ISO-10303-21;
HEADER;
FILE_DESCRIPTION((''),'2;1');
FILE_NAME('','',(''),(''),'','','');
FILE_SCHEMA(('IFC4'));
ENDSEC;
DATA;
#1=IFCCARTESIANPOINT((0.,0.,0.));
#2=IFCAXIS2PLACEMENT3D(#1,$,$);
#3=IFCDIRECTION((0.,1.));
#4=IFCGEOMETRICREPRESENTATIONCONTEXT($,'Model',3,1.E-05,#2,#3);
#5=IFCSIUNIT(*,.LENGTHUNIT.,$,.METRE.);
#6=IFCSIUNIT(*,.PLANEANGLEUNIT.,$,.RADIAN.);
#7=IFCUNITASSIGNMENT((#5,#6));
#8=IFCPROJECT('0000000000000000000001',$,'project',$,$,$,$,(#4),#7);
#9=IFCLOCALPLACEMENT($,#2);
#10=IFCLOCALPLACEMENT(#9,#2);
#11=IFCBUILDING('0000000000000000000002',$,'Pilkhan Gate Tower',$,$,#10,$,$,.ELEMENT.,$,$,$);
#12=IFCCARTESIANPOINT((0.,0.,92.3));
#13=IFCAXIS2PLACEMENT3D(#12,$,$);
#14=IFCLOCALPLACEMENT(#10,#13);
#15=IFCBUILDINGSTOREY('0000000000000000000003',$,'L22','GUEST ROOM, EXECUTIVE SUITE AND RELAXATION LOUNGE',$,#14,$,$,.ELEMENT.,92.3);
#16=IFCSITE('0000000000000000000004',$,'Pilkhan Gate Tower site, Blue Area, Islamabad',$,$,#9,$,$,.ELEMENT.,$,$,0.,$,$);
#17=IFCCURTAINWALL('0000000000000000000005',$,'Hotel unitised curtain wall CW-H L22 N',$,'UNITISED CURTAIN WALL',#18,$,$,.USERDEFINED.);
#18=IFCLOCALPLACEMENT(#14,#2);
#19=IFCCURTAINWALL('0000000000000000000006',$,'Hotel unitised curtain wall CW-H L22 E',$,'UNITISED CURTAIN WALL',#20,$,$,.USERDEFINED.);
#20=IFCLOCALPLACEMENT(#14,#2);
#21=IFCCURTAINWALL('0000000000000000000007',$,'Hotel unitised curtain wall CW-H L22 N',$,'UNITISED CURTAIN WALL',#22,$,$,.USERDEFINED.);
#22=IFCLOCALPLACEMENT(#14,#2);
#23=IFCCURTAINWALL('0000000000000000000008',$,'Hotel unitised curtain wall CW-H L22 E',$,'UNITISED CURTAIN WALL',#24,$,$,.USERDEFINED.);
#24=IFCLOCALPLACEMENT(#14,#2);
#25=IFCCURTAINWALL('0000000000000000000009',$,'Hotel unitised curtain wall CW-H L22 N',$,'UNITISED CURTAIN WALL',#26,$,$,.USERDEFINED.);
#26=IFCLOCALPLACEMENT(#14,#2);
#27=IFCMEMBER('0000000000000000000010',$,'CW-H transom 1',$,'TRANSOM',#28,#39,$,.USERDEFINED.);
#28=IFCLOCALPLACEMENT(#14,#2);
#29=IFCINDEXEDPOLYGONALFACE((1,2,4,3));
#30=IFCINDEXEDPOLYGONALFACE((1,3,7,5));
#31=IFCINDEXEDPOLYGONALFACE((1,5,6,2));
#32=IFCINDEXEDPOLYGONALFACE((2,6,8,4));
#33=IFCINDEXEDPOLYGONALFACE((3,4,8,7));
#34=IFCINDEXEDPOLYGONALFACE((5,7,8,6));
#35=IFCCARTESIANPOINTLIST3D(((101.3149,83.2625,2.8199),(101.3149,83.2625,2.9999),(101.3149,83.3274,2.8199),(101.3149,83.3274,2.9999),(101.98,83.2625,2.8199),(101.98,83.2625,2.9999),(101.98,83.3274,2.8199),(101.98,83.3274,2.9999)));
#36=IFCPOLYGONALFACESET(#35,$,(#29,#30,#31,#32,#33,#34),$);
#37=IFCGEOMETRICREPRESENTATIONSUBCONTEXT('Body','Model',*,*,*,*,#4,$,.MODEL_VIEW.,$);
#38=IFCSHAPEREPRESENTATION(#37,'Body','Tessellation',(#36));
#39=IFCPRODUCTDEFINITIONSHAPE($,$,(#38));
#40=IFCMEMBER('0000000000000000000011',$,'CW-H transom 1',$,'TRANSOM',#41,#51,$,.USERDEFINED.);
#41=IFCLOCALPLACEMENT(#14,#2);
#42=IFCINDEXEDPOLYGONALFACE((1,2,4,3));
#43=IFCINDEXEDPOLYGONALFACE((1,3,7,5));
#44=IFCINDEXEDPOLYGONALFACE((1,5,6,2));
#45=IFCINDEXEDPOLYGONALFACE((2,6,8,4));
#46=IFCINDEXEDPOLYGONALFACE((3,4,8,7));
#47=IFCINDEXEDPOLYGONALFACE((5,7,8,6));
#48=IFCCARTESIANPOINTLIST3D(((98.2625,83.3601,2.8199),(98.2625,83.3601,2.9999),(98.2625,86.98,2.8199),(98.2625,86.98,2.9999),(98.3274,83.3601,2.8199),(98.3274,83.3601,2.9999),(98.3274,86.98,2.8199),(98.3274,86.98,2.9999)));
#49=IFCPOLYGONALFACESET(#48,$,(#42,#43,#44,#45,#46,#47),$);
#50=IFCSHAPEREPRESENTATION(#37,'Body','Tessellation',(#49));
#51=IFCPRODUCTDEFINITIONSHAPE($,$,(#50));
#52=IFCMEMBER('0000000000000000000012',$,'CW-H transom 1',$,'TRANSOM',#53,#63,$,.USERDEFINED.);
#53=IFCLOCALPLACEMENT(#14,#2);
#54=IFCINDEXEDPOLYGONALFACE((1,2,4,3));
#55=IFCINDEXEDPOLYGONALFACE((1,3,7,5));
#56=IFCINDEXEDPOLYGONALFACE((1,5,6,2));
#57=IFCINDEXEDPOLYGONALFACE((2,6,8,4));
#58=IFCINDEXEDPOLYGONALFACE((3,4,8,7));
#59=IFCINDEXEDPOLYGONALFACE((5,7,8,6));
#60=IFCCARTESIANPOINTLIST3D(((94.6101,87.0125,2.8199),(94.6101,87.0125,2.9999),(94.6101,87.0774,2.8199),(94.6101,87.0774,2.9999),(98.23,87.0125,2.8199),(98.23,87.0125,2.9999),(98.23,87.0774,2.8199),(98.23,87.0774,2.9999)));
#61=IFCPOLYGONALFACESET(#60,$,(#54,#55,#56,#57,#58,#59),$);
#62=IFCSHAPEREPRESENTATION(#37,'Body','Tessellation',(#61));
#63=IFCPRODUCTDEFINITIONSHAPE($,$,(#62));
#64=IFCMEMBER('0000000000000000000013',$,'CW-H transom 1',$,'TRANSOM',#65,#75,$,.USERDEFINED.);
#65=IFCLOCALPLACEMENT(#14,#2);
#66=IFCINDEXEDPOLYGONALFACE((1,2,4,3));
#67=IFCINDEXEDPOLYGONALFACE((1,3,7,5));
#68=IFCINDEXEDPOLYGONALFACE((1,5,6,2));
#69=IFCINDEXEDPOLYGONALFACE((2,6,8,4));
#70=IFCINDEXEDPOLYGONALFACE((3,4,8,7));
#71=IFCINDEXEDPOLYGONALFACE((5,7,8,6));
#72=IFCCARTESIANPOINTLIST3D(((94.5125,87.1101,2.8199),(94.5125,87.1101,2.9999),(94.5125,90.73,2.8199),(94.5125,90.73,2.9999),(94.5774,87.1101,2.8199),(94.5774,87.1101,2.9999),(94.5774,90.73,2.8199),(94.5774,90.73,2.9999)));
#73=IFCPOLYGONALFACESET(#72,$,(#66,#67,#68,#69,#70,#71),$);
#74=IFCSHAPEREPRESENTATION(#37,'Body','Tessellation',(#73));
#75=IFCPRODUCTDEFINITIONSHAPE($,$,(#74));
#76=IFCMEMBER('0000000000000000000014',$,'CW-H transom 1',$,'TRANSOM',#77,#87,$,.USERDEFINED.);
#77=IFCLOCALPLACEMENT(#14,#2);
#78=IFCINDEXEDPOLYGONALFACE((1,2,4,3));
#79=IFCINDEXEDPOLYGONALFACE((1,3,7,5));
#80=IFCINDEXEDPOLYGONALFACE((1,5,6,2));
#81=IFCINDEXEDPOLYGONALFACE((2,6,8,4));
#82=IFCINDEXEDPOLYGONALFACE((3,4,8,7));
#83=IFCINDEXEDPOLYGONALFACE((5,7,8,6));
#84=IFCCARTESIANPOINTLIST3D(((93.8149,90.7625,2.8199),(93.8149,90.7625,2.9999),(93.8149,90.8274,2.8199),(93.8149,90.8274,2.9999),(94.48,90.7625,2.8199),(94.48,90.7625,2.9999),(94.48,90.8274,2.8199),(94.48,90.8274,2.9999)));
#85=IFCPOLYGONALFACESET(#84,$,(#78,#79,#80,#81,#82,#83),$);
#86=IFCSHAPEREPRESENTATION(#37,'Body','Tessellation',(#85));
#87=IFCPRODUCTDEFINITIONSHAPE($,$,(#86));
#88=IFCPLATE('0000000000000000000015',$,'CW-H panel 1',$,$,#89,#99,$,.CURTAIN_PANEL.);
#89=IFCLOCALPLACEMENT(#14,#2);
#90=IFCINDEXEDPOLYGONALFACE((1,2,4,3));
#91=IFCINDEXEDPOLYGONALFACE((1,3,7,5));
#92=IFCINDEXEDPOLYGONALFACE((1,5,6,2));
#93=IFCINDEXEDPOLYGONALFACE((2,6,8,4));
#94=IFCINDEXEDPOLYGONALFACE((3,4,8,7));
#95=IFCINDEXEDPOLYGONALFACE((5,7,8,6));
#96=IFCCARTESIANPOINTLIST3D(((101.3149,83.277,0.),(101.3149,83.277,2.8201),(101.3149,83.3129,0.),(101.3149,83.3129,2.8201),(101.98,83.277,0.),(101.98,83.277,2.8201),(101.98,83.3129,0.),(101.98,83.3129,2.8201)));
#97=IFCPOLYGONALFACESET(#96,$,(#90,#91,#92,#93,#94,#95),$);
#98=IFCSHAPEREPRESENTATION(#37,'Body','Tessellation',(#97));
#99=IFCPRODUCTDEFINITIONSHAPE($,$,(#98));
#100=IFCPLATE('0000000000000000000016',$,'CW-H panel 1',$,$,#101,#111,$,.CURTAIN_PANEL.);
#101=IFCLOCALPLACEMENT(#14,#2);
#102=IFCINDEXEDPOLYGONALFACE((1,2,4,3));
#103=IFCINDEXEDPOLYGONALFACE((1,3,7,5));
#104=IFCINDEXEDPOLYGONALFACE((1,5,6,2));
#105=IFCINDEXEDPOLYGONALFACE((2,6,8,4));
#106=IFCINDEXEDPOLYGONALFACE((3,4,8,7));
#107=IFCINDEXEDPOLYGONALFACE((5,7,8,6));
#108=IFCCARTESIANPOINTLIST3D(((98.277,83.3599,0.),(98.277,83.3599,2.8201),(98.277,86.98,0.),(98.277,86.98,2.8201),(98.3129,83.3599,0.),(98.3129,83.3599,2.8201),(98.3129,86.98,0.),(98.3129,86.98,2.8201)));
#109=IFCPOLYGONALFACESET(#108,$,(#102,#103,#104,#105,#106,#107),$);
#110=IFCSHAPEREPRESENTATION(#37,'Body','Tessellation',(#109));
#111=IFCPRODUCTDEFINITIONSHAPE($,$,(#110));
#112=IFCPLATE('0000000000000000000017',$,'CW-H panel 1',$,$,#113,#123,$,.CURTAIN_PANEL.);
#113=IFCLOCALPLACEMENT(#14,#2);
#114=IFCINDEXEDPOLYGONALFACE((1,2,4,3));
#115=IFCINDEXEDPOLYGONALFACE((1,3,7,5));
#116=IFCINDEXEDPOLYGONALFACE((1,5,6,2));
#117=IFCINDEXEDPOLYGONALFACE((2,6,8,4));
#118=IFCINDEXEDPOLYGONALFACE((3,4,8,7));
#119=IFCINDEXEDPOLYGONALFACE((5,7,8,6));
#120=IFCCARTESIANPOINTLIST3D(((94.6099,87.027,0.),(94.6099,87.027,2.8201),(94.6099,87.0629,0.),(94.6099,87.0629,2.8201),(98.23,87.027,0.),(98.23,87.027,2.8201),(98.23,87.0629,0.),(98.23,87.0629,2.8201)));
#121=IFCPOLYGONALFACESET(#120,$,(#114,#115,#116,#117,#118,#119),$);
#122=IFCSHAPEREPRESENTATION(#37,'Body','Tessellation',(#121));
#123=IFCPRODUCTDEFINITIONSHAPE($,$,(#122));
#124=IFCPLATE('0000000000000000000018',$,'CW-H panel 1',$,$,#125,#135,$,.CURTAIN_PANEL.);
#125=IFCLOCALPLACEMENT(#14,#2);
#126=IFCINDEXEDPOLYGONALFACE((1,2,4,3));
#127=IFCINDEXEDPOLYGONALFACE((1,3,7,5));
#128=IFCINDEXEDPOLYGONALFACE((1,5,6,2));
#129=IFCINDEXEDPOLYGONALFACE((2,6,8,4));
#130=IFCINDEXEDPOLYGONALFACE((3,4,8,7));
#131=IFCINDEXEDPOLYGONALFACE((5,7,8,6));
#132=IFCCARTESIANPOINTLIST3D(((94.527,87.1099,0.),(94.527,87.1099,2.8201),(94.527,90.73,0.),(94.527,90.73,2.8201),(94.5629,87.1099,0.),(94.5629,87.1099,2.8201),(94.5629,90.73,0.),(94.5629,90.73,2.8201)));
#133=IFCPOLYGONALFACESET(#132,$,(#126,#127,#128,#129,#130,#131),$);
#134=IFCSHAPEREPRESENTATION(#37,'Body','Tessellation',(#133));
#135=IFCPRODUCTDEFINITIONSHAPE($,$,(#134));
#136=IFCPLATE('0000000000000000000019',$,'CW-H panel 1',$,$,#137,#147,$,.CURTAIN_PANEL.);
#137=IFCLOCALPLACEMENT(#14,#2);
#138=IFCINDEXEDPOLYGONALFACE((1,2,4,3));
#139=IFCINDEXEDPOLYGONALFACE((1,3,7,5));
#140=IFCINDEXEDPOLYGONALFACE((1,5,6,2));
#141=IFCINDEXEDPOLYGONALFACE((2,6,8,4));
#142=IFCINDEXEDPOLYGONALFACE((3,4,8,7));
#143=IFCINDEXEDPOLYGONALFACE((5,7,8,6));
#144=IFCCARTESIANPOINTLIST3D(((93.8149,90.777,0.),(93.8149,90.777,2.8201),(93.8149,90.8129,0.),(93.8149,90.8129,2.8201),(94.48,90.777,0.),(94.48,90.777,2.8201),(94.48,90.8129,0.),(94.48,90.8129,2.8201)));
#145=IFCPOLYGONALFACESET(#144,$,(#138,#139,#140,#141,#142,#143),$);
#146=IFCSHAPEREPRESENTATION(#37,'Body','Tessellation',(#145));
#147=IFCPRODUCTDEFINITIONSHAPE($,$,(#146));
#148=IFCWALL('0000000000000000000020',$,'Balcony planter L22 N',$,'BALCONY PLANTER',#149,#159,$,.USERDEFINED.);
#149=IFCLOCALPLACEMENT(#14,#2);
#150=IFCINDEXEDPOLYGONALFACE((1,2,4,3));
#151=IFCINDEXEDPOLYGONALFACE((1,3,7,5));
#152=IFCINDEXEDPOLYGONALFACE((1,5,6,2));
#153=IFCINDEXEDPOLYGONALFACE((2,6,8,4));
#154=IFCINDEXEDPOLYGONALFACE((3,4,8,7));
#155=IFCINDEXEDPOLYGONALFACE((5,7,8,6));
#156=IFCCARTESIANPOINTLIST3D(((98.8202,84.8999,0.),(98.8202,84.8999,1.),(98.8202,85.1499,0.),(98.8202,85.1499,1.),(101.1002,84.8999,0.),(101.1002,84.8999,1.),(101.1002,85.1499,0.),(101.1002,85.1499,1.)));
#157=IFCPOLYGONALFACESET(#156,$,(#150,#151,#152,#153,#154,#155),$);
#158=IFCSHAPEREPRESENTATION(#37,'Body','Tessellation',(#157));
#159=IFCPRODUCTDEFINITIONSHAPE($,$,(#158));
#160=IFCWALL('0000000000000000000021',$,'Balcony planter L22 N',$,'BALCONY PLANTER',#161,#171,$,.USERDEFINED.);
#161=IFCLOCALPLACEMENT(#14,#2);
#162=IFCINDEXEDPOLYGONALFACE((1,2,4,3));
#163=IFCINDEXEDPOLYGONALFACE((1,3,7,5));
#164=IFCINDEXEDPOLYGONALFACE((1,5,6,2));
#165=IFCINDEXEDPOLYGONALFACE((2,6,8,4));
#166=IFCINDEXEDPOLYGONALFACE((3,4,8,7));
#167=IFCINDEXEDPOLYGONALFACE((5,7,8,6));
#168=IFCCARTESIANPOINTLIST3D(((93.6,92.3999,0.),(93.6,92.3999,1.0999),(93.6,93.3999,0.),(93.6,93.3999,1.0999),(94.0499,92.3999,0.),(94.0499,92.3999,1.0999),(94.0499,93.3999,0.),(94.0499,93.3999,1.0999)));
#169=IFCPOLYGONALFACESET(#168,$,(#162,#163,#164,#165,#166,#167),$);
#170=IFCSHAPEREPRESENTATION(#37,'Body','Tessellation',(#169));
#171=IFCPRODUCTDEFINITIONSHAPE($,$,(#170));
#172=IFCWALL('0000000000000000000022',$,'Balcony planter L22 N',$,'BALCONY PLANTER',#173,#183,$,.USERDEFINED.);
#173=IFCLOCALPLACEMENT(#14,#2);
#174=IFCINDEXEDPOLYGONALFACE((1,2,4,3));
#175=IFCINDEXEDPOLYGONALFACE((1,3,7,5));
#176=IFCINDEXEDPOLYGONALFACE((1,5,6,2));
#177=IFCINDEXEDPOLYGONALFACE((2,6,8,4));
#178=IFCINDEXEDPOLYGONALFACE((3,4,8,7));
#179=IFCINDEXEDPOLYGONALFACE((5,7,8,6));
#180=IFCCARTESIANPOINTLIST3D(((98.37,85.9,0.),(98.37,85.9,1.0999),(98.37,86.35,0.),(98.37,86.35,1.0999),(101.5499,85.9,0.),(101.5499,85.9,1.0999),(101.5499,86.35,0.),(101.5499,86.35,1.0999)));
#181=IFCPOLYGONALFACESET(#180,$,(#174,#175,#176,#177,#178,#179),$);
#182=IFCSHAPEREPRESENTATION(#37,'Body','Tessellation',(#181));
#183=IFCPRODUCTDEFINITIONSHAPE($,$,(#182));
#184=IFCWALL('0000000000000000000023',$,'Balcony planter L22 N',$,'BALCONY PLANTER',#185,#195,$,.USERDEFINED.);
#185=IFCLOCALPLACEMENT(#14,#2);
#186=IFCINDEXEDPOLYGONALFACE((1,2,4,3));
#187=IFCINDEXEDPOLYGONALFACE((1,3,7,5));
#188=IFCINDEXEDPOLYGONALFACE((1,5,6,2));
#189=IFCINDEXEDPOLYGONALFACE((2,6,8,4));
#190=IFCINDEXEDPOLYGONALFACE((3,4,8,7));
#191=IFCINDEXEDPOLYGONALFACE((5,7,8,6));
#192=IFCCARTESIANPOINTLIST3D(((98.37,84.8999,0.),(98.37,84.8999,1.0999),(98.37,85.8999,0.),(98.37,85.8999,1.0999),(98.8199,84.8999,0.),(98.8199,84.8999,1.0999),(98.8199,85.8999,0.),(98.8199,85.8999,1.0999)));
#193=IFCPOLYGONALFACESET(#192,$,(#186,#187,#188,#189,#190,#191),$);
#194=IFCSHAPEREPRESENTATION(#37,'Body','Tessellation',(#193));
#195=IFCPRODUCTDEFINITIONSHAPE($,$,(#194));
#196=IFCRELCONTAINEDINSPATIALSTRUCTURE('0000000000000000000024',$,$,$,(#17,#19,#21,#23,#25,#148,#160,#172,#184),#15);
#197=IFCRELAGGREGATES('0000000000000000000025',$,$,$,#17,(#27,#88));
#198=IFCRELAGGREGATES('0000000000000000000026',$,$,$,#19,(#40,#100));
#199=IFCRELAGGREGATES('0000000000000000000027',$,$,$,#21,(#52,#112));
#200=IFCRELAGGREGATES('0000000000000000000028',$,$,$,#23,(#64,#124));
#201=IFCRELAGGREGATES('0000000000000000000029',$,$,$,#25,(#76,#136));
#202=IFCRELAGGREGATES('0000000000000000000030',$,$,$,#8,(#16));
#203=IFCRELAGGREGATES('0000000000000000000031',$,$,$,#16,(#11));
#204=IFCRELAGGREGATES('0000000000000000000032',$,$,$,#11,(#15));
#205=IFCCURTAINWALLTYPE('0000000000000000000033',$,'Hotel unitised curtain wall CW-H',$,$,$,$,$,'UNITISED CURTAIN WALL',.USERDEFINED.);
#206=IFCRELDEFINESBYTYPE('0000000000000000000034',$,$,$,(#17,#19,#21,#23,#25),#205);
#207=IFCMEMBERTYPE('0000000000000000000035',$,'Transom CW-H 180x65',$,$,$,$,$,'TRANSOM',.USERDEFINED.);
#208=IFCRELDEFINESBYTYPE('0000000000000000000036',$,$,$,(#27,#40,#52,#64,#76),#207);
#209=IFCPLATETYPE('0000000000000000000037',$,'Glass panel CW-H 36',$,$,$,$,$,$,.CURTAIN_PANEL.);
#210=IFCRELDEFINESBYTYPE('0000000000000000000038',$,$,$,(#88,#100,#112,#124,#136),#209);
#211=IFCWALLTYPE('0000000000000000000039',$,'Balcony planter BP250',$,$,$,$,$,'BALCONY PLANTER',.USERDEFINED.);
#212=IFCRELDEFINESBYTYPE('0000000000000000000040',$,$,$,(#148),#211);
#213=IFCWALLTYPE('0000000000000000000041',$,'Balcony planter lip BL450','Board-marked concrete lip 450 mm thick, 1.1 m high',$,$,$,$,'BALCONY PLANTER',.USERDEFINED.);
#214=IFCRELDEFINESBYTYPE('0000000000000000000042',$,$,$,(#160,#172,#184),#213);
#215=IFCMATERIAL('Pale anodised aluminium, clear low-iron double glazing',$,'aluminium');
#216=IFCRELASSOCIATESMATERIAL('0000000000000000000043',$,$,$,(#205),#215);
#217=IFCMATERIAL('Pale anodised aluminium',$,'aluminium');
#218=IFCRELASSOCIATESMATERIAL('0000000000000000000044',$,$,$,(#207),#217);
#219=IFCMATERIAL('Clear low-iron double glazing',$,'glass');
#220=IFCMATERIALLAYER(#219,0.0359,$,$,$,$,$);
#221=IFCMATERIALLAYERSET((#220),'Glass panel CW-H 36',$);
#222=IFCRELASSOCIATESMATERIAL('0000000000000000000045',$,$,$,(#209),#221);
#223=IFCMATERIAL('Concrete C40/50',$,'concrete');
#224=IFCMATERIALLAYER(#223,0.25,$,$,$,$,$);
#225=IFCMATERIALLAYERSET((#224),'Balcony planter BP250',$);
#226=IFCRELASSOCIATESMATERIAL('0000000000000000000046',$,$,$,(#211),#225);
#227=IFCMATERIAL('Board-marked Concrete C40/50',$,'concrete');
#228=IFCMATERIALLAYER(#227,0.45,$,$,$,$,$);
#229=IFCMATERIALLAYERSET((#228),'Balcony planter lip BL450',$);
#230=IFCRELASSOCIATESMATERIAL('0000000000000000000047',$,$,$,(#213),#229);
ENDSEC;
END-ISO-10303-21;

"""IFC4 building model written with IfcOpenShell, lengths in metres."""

from ifc_helpers import new_model, si_unit, direction, frame, frame_2d, origin, origin_2d, place, context, subcontext, project, spatial, rectangle, extrude, material, layer, layer_set, material_profile, profile_set, type_object, element, aggregate, save


model = new_model("IFC4")

# Units and contexts
model_context = context("Model", 3, precision=1e-05, world=origin(), true_north=direction((0.0, 1.0)))
body_context = subcontext(model_context, "Body", "Model", "MODEL_VIEW")
ifc_project = project(units=[si_unit("LENGTHUNIT", "METRE"), si_unit("PLANEANGLEUNIT", "RADIAN")], contexts=[model_context])

# Site, building, storey
site_placement = place(None, origin())
site = spatial("IfcSite", under=ifc_project, at=site_placement, Name="Pilkhan Gate Tower site, Blue Area, Islamabad", CompositionType="ELEMENT", RefElevation=0.0)
building_placement = place(site_placement, origin())
building = spatial("IfcBuilding", under=site, at=building_placement, Name="Pilkhan Gate Tower", CompositionType="ELEMENT")
storey_placement = place(building_placement, frame((0.0, 0.0, 92.3)))
storey = spatial("IfcBuildingStorey", under=building, at=storey_placement, Name="L22", Description="GUEST ROOM, EXECUTIVE SUITE AND RELAXATION LOUNGE", CompositionType="ELEMENT", Elevation=92.3)

# Shared definitions
ifc_material_1 = material(Name="Pale anodised aluminium, clear low-iron double glazing", Category="aluminium")
curtain_wall_type = type_object("IfcCurtainWallType", Name="Hotel unitised curtain wall CW-H", ElementType="UNITISED CURTAIN WALL", PredefinedType="USERDEFINED", material=ifc_material_1)
ifc_material_2 = material(Name="Pale anodised aluminium", Category="aluminium")

# Curtain walls
curtain_wall_1_placement = place(storey_placement, origin())
curtain_wall_1 = element("IfcCurtainWall", 1, at=curtain_wall_1_placement, inside=storey, type_object=curtain_wall_type, Name="Hotel unitised curtain wall CW-H L22 N", ObjectType="UNITISED CURTAIN WALL", PredefinedType="USERDEFINED")
curtain_wall_2_placement = place(storey_placement, origin())
curtain_wall_2 = element("IfcCurtainWall", 2, at=curtain_wall_2_placement, inside=storey, type_object=curtain_wall_type, Name="Hotel unitised curtain wall CW-H L22 E", ObjectType="UNITISED CURTAIN WALL", PredefinedType="USERDEFINED")
curtain_wall_3_placement = place(storey_placement, origin())
curtain_wall_3 = element("IfcCurtainWall", 3, at=curtain_wall_3_placement, inside=storey, type_object=curtain_wall_type, Name="Hotel unitised curtain wall CW-H L22 N", ObjectType="UNITISED CURTAIN WALL", PredefinedType="USERDEFINED")
curtain_wall_4_placement = place(storey_placement, origin())
curtain_wall_4 = element("IfcCurtainWall", 4, at=curtain_wall_4_placement, inside=storey, type_object=curtain_wall_type, Name="Hotel unitised curtain wall CW-H L22 E", ObjectType="UNITISED CURTAIN WALL", PredefinedType="USERDEFINED")

# Curtain wall
curtain_wall_5_placement = place(storey_placement, origin())
curtain_wall_5 = element("IfcCurtainWall", 5, at=curtain_wall_5_placement, inside=storey, type_object=curtain_wall_type, Name="Hotel unitised curtain wall CW-H L22 N", ObjectType="UNITISED CURTAIN WALL", PredefinedType="USERDEFINED")

# Members
ifc_material_profile_1 = material_profile(ifc_material_2, rectangle(XDim=0.0649, YDim=0.1799, at=origin_2d()), Name="Transom 180x65")
ifc_profile_set_1 = profile_set([ifc_material_profile_1], Name="Pale anodised aluminium")
member_type_1 = type_object("IfcMemberType", Name="Transom CW-H 180x65", ElementType="TRANSOM", PredefinedType="USERDEFINED", material=ifc_profile_set_1)
member_1_placement = place(storey_placement, frame((101.3149, 83.2949, 2.9099), z_axis=(1.0, 0.0, 0.0), x_axis=(0.0, 1.0, 0.0)))
member_1 = element("IfcMember", 6, at=member_1_placement, type_object=member_type_1, Name="CW-H transom 1", ObjectType="TRANSOM", PredefinedType="USERDEFINED", context=body_context, shape_type="SweptSolid", body=[
    extrude(rectangle(XDim=0.0649, YDim=0.1799, at=origin_2d()), origin(), (0.0, 0.0, 1.0), 0.665),
])
member_2_placement = place(storey_placement, frame((98.2949, 83.3601, 2.9099), z_axis=(0.0, 1.0, 0.0), x_axis=(-1.0, 0.0, 0.0)))
member_2 = element("IfcMember", 7, at=member_2_placement, type_object=member_type_1, Name="CW-H transom 1", ObjectType="TRANSOM", PredefinedType="USERDEFINED", context=body_context, shape_type="SweptSolid", body=[
    extrude(rectangle(XDim=0.0649, YDim=0.1799, at=origin_2d()), origin(), (0.0, 0.0, 1.0), 3.6199),
])
member_3_placement = place(storey_placement, frame((94.6101, 87.0449, 2.9099), z_axis=(1.0, 0.0, 0.0), x_axis=(0.0, 1.0, 0.0)))
member_3 = element("IfcMember", 8, at=member_3_placement, type_object=member_type_1, Name="CW-H transom 1", ObjectType="TRANSOM", PredefinedType="USERDEFINED", context=body_context, shape_type="SweptSolid", body=[
    extrude(rectangle(XDim=0.0649, YDim=0.1799, at=origin_2d()), origin(), (0.0, 0.0, 1.0), 3.6199),
])
member_4_placement = place(storey_placement, frame((94.5449, 87.1101, 2.9099), z_axis=(0.0, 1.0, 0.0), x_axis=(-1.0, 0.0, 0.0)))
member_4 = element("IfcMember", 9, at=member_4_placement, type_object=member_type_1, Name="CW-H transom 1", ObjectType="TRANSOM", PredefinedType="USERDEFINED", context=body_context, shape_type="SweptSolid", body=[
    extrude(rectangle(XDim=0.0649, YDim=0.1799, at=origin_2d()), origin(), (0.0, 0.0, 1.0), 3.6199),
])
member_5_placement = place(storey_placement, frame((93.8149, 90.7949, 2.9099), z_axis=(1.0, 0.0, 0.0), x_axis=(0.0, 1.0, 0.0)))
member_5 = element("IfcMember", 10, at=member_5_placement, type_object=member_type_1, Name="CW-H transom 1", ObjectType="TRANSOM", PredefinedType="USERDEFINED", context=body_context, shape_type="SweptSolid", body=[
    extrude(rectangle(XDim=0.0649, YDim=0.1799, at=origin_2d()), origin(), (0.0, 0.0, 1.0), 0.665),
])

# Plates
ifc_material_3 = material(Name="Clear low-iron double glazing", Category="glass")
ifc_layer_1 = layer(ifc_material_3, 0.0359)
ifc_layer_set_1 = layer_set([ifc_layer_1], Name="Glass panel CW-H 36")
plate_type = type_object("IfcPlateType", Name="Glass panel CW-H 36", PredefinedType="CURTAIN_PANEL", material=ifc_layer_set_1)
plate_1_placement = place(storey_placement, frame((101.6475, 83.2949, 0.0), z_axis=(0.0, 0.0, 1.0), x_axis=(1.0, 0.0, 0.0)))
plate_1 = element("IfcPlate", 11, at=plate_1_placement, type_object=plate_type, Name="CW-H panel 1", PredefinedType="CURTAIN_PANEL", context=body_context, shape_type="SweptSolid", body=[
    extrude(rectangle(XDim=0.665, YDim=0.0359, at=origin_2d()), origin(), (0.0, 0.0, 1.0), 2.8201),
])
aggregate(curtain_wall_1, [member_1, plate_1])
plate_2_placement = place(storey_placement, frame((98.2949, 85.1699, 0.0), z_axis=(0.0, 0.0, 1.0), x_axis=(0.0, 1.0, 0.0)))
plate_2 = element("IfcPlate", 12, at=plate_2_placement, type_object=plate_type, Name="CW-H panel 1", PredefinedType="CURTAIN_PANEL", context=body_context, shape_type="SweptSolid", body=[
    extrude(rectangle(XDim=3.6201, YDim=0.0359, at=origin_2d()), origin(), (0.0, 0.0, 1.0), 2.8201),
])
aggregate(curtain_wall_2, [member_2, plate_2])
plate_3_placement = place(storey_placement, frame((96.4199, 87.0449, 0.0), z_axis=(0.0, 0.0, 1.0), x_axis=(1.0, 0.0, 0.0)))
plate_3 = element("IfcPlate", 13, at=plate_3_placement, type_object=plate_type, Name="CW-H panel 1", PredefinedType="CURTAIN_PANEL", context=body_context, shape_type="SweptSolid", body=[
    extrude(rectangle(XDim=3.6201, YDim=0.0359, at=origin_2d()), origin(), (0.0, 0.0, 1.0), 2.8201),
])
aggregate(curtain_wall_3, [member_3, plate_3])
plate_4_placement = place(storey_placement, frame((94.5449, 88.9199, 0.0), z_axis=(0.0, 0.0, 1.0), x_axis=(0.0, 1.0, 0.0)))
plate_4 = element("IfcPlate", 14, at=plate_4_placement, type_object=plate_type, Name="CW-H panel 1", PredefinedType="CURTAIN_PANEL", context=body_context, shape_type="SweptSolid", body=[
    extrude(rectangle(XDim=3.6201, YDim=0.0359, at=origin_2d()), origin(), (0.0, 0.0, 1.0), 2.8201),
])
aggregate(curtain_wall_4, [member_4, plate_4])
plate_5_placement = place(storey_placement, frame((94.1475, 90.7949, 0.0), z_axis=(0.0, 0.0, 1.0), x_axis=(1.0, 0.0, 0.0)))
plate_5 = element("IfcPlate", 15, at=plate_5_placement, type_object=plate_type, Name="CW-H panel 1", PredefinedType="CURTAIN_PANEL", context=body_context, shape_type="SweptSolid", body=[
    extrude(rectangle(XDim=0.665, YDim=0.0359, at=origin_2d()), origin(), (0.0, 0.0, 1.0), 2.8201),
])
aggregate(curtain_wall_5, [member_5, plate_5])

# Walls
ifc_material_4 = material(Name="Concrete C40/50", Category="concrete")
ifc_layer_2 = layer(ifc_material_4, 0.25)
ifc_layer_set_2 = layer_set([ifc_layer_2], Name="Balcony planter BP250")
wall_type_1 = type_object("IfcWallType", Name="Balcony planter BP250", ElementType="BALCONY PLANTER", PredefinedType="USERDEFINED", material=ifc_layer_set_2)
wall_1_placement = place(storey_placement, frame((98.8201, 85.0249, 0.0), z_axis=(0.0, 0.0, 1.0), x_axis=(1.0, 0.0, 0.0)))
element("IfcWall", 16, at=wall_1_placement, inside=storey, type_object=wall_type_1, Name="Balcony planter L22 N", ObjectType="BALCONY PLANTER", PredefinedType="USERDEFINED", context=body_context, shape_type="SweptSolid", body=[
    extrude(rectangle(XDim=2.28, YDim=0.25, at=frame_2d((1.1401, 0.0))), origin(), (0.0, 0.0, 1.0), 1.0),
])
ifc_material_5 = material(Name="Board-marked Concrete C40/50", Category="concrete")
ifc_layer_3 = layer(ifc_material_5, 0.45)
ifc_layer_set_3 = layer_set([ifc_layer_3], Name="Balcony planter lip BL450")
wall_type_2 = type_object("IfcWallType", Name="Balcony planter lip BL450", Description="Board-marked concrete lip 450 mm thick, 1.1 m high", ElementType="BALCONY PLANTER", PredefinedType="USERDEFINED", material=ifc_layer_set_3)
wall_2_placement = place(storey_placement, frame((93.825, 92.3999, 0.0), z_axis=(0.0, 0.0, 1.0), x_axis=(0.0, 1.0, 0.0)))
element("IfcWall", 17, at=wall_2_placement, inside=storey, type_object=wall_type_2, Name="Balcony planter L22 N", ObjectType="BALCONY PLANTER", PredefinedType="USERDEFINED", context=body_context, shape_type="SweptSolid", body=[
    extrude(rectangle(XDim=1.0, YDim=0.45, at=frame_2d((0.5, 0.0))), origin(), (0.0, 0.0, 1.0), 1.0999),
])
wall_3_placement = place(storey_placement, frame((98.3701, 86.125, 0.0), z_axis=(0.0, 0.0, 1.0), x_axis=(1.0, 0.0, 0.0)))
element("IfcWall", 18, at=wall_3_placement, inside=storey, type_object=wall_type_2, Name="Balcony planter L22 N", ObjectType="BALCONY PLANTER", PredefinedType="USERDEFINED", context=body_context, shape_type="SweptSolid", body=[
    extrude(rectangle(XDim=3.1799, YDim=0.45, at=frame_2d((1.5898, 0.0))), origin(), (0.0, 0.0, 1.0), 1.0999),
])
for number, where, z_axis, x_axis, name in (
    (19, (98.595, 84.8999, 0.0), (0.0, 0.0, 1.0), (0.0, 1.0, 0.0), "Balcony planter L22 N"),
):
    element("IfcWall", number, at=place(storey_placement, frame(where, z_axis=z_axis, x_axis=x_axis)), inside=storey, type_object=wall_type_2, Name=name, ObjectType="BALCONY PLANTER", PredefinedType="USERDEFINED", context=body_context, shape_type="SweptSolid", body=[
        extrude(rectangle(XDim=1.0, YDim=0.45, at=frame_2d((0.5, 0.0))), origin(), (0.0, 0.0, 1.0), 1.0999),
    ])

save(model, "model.ifc")
